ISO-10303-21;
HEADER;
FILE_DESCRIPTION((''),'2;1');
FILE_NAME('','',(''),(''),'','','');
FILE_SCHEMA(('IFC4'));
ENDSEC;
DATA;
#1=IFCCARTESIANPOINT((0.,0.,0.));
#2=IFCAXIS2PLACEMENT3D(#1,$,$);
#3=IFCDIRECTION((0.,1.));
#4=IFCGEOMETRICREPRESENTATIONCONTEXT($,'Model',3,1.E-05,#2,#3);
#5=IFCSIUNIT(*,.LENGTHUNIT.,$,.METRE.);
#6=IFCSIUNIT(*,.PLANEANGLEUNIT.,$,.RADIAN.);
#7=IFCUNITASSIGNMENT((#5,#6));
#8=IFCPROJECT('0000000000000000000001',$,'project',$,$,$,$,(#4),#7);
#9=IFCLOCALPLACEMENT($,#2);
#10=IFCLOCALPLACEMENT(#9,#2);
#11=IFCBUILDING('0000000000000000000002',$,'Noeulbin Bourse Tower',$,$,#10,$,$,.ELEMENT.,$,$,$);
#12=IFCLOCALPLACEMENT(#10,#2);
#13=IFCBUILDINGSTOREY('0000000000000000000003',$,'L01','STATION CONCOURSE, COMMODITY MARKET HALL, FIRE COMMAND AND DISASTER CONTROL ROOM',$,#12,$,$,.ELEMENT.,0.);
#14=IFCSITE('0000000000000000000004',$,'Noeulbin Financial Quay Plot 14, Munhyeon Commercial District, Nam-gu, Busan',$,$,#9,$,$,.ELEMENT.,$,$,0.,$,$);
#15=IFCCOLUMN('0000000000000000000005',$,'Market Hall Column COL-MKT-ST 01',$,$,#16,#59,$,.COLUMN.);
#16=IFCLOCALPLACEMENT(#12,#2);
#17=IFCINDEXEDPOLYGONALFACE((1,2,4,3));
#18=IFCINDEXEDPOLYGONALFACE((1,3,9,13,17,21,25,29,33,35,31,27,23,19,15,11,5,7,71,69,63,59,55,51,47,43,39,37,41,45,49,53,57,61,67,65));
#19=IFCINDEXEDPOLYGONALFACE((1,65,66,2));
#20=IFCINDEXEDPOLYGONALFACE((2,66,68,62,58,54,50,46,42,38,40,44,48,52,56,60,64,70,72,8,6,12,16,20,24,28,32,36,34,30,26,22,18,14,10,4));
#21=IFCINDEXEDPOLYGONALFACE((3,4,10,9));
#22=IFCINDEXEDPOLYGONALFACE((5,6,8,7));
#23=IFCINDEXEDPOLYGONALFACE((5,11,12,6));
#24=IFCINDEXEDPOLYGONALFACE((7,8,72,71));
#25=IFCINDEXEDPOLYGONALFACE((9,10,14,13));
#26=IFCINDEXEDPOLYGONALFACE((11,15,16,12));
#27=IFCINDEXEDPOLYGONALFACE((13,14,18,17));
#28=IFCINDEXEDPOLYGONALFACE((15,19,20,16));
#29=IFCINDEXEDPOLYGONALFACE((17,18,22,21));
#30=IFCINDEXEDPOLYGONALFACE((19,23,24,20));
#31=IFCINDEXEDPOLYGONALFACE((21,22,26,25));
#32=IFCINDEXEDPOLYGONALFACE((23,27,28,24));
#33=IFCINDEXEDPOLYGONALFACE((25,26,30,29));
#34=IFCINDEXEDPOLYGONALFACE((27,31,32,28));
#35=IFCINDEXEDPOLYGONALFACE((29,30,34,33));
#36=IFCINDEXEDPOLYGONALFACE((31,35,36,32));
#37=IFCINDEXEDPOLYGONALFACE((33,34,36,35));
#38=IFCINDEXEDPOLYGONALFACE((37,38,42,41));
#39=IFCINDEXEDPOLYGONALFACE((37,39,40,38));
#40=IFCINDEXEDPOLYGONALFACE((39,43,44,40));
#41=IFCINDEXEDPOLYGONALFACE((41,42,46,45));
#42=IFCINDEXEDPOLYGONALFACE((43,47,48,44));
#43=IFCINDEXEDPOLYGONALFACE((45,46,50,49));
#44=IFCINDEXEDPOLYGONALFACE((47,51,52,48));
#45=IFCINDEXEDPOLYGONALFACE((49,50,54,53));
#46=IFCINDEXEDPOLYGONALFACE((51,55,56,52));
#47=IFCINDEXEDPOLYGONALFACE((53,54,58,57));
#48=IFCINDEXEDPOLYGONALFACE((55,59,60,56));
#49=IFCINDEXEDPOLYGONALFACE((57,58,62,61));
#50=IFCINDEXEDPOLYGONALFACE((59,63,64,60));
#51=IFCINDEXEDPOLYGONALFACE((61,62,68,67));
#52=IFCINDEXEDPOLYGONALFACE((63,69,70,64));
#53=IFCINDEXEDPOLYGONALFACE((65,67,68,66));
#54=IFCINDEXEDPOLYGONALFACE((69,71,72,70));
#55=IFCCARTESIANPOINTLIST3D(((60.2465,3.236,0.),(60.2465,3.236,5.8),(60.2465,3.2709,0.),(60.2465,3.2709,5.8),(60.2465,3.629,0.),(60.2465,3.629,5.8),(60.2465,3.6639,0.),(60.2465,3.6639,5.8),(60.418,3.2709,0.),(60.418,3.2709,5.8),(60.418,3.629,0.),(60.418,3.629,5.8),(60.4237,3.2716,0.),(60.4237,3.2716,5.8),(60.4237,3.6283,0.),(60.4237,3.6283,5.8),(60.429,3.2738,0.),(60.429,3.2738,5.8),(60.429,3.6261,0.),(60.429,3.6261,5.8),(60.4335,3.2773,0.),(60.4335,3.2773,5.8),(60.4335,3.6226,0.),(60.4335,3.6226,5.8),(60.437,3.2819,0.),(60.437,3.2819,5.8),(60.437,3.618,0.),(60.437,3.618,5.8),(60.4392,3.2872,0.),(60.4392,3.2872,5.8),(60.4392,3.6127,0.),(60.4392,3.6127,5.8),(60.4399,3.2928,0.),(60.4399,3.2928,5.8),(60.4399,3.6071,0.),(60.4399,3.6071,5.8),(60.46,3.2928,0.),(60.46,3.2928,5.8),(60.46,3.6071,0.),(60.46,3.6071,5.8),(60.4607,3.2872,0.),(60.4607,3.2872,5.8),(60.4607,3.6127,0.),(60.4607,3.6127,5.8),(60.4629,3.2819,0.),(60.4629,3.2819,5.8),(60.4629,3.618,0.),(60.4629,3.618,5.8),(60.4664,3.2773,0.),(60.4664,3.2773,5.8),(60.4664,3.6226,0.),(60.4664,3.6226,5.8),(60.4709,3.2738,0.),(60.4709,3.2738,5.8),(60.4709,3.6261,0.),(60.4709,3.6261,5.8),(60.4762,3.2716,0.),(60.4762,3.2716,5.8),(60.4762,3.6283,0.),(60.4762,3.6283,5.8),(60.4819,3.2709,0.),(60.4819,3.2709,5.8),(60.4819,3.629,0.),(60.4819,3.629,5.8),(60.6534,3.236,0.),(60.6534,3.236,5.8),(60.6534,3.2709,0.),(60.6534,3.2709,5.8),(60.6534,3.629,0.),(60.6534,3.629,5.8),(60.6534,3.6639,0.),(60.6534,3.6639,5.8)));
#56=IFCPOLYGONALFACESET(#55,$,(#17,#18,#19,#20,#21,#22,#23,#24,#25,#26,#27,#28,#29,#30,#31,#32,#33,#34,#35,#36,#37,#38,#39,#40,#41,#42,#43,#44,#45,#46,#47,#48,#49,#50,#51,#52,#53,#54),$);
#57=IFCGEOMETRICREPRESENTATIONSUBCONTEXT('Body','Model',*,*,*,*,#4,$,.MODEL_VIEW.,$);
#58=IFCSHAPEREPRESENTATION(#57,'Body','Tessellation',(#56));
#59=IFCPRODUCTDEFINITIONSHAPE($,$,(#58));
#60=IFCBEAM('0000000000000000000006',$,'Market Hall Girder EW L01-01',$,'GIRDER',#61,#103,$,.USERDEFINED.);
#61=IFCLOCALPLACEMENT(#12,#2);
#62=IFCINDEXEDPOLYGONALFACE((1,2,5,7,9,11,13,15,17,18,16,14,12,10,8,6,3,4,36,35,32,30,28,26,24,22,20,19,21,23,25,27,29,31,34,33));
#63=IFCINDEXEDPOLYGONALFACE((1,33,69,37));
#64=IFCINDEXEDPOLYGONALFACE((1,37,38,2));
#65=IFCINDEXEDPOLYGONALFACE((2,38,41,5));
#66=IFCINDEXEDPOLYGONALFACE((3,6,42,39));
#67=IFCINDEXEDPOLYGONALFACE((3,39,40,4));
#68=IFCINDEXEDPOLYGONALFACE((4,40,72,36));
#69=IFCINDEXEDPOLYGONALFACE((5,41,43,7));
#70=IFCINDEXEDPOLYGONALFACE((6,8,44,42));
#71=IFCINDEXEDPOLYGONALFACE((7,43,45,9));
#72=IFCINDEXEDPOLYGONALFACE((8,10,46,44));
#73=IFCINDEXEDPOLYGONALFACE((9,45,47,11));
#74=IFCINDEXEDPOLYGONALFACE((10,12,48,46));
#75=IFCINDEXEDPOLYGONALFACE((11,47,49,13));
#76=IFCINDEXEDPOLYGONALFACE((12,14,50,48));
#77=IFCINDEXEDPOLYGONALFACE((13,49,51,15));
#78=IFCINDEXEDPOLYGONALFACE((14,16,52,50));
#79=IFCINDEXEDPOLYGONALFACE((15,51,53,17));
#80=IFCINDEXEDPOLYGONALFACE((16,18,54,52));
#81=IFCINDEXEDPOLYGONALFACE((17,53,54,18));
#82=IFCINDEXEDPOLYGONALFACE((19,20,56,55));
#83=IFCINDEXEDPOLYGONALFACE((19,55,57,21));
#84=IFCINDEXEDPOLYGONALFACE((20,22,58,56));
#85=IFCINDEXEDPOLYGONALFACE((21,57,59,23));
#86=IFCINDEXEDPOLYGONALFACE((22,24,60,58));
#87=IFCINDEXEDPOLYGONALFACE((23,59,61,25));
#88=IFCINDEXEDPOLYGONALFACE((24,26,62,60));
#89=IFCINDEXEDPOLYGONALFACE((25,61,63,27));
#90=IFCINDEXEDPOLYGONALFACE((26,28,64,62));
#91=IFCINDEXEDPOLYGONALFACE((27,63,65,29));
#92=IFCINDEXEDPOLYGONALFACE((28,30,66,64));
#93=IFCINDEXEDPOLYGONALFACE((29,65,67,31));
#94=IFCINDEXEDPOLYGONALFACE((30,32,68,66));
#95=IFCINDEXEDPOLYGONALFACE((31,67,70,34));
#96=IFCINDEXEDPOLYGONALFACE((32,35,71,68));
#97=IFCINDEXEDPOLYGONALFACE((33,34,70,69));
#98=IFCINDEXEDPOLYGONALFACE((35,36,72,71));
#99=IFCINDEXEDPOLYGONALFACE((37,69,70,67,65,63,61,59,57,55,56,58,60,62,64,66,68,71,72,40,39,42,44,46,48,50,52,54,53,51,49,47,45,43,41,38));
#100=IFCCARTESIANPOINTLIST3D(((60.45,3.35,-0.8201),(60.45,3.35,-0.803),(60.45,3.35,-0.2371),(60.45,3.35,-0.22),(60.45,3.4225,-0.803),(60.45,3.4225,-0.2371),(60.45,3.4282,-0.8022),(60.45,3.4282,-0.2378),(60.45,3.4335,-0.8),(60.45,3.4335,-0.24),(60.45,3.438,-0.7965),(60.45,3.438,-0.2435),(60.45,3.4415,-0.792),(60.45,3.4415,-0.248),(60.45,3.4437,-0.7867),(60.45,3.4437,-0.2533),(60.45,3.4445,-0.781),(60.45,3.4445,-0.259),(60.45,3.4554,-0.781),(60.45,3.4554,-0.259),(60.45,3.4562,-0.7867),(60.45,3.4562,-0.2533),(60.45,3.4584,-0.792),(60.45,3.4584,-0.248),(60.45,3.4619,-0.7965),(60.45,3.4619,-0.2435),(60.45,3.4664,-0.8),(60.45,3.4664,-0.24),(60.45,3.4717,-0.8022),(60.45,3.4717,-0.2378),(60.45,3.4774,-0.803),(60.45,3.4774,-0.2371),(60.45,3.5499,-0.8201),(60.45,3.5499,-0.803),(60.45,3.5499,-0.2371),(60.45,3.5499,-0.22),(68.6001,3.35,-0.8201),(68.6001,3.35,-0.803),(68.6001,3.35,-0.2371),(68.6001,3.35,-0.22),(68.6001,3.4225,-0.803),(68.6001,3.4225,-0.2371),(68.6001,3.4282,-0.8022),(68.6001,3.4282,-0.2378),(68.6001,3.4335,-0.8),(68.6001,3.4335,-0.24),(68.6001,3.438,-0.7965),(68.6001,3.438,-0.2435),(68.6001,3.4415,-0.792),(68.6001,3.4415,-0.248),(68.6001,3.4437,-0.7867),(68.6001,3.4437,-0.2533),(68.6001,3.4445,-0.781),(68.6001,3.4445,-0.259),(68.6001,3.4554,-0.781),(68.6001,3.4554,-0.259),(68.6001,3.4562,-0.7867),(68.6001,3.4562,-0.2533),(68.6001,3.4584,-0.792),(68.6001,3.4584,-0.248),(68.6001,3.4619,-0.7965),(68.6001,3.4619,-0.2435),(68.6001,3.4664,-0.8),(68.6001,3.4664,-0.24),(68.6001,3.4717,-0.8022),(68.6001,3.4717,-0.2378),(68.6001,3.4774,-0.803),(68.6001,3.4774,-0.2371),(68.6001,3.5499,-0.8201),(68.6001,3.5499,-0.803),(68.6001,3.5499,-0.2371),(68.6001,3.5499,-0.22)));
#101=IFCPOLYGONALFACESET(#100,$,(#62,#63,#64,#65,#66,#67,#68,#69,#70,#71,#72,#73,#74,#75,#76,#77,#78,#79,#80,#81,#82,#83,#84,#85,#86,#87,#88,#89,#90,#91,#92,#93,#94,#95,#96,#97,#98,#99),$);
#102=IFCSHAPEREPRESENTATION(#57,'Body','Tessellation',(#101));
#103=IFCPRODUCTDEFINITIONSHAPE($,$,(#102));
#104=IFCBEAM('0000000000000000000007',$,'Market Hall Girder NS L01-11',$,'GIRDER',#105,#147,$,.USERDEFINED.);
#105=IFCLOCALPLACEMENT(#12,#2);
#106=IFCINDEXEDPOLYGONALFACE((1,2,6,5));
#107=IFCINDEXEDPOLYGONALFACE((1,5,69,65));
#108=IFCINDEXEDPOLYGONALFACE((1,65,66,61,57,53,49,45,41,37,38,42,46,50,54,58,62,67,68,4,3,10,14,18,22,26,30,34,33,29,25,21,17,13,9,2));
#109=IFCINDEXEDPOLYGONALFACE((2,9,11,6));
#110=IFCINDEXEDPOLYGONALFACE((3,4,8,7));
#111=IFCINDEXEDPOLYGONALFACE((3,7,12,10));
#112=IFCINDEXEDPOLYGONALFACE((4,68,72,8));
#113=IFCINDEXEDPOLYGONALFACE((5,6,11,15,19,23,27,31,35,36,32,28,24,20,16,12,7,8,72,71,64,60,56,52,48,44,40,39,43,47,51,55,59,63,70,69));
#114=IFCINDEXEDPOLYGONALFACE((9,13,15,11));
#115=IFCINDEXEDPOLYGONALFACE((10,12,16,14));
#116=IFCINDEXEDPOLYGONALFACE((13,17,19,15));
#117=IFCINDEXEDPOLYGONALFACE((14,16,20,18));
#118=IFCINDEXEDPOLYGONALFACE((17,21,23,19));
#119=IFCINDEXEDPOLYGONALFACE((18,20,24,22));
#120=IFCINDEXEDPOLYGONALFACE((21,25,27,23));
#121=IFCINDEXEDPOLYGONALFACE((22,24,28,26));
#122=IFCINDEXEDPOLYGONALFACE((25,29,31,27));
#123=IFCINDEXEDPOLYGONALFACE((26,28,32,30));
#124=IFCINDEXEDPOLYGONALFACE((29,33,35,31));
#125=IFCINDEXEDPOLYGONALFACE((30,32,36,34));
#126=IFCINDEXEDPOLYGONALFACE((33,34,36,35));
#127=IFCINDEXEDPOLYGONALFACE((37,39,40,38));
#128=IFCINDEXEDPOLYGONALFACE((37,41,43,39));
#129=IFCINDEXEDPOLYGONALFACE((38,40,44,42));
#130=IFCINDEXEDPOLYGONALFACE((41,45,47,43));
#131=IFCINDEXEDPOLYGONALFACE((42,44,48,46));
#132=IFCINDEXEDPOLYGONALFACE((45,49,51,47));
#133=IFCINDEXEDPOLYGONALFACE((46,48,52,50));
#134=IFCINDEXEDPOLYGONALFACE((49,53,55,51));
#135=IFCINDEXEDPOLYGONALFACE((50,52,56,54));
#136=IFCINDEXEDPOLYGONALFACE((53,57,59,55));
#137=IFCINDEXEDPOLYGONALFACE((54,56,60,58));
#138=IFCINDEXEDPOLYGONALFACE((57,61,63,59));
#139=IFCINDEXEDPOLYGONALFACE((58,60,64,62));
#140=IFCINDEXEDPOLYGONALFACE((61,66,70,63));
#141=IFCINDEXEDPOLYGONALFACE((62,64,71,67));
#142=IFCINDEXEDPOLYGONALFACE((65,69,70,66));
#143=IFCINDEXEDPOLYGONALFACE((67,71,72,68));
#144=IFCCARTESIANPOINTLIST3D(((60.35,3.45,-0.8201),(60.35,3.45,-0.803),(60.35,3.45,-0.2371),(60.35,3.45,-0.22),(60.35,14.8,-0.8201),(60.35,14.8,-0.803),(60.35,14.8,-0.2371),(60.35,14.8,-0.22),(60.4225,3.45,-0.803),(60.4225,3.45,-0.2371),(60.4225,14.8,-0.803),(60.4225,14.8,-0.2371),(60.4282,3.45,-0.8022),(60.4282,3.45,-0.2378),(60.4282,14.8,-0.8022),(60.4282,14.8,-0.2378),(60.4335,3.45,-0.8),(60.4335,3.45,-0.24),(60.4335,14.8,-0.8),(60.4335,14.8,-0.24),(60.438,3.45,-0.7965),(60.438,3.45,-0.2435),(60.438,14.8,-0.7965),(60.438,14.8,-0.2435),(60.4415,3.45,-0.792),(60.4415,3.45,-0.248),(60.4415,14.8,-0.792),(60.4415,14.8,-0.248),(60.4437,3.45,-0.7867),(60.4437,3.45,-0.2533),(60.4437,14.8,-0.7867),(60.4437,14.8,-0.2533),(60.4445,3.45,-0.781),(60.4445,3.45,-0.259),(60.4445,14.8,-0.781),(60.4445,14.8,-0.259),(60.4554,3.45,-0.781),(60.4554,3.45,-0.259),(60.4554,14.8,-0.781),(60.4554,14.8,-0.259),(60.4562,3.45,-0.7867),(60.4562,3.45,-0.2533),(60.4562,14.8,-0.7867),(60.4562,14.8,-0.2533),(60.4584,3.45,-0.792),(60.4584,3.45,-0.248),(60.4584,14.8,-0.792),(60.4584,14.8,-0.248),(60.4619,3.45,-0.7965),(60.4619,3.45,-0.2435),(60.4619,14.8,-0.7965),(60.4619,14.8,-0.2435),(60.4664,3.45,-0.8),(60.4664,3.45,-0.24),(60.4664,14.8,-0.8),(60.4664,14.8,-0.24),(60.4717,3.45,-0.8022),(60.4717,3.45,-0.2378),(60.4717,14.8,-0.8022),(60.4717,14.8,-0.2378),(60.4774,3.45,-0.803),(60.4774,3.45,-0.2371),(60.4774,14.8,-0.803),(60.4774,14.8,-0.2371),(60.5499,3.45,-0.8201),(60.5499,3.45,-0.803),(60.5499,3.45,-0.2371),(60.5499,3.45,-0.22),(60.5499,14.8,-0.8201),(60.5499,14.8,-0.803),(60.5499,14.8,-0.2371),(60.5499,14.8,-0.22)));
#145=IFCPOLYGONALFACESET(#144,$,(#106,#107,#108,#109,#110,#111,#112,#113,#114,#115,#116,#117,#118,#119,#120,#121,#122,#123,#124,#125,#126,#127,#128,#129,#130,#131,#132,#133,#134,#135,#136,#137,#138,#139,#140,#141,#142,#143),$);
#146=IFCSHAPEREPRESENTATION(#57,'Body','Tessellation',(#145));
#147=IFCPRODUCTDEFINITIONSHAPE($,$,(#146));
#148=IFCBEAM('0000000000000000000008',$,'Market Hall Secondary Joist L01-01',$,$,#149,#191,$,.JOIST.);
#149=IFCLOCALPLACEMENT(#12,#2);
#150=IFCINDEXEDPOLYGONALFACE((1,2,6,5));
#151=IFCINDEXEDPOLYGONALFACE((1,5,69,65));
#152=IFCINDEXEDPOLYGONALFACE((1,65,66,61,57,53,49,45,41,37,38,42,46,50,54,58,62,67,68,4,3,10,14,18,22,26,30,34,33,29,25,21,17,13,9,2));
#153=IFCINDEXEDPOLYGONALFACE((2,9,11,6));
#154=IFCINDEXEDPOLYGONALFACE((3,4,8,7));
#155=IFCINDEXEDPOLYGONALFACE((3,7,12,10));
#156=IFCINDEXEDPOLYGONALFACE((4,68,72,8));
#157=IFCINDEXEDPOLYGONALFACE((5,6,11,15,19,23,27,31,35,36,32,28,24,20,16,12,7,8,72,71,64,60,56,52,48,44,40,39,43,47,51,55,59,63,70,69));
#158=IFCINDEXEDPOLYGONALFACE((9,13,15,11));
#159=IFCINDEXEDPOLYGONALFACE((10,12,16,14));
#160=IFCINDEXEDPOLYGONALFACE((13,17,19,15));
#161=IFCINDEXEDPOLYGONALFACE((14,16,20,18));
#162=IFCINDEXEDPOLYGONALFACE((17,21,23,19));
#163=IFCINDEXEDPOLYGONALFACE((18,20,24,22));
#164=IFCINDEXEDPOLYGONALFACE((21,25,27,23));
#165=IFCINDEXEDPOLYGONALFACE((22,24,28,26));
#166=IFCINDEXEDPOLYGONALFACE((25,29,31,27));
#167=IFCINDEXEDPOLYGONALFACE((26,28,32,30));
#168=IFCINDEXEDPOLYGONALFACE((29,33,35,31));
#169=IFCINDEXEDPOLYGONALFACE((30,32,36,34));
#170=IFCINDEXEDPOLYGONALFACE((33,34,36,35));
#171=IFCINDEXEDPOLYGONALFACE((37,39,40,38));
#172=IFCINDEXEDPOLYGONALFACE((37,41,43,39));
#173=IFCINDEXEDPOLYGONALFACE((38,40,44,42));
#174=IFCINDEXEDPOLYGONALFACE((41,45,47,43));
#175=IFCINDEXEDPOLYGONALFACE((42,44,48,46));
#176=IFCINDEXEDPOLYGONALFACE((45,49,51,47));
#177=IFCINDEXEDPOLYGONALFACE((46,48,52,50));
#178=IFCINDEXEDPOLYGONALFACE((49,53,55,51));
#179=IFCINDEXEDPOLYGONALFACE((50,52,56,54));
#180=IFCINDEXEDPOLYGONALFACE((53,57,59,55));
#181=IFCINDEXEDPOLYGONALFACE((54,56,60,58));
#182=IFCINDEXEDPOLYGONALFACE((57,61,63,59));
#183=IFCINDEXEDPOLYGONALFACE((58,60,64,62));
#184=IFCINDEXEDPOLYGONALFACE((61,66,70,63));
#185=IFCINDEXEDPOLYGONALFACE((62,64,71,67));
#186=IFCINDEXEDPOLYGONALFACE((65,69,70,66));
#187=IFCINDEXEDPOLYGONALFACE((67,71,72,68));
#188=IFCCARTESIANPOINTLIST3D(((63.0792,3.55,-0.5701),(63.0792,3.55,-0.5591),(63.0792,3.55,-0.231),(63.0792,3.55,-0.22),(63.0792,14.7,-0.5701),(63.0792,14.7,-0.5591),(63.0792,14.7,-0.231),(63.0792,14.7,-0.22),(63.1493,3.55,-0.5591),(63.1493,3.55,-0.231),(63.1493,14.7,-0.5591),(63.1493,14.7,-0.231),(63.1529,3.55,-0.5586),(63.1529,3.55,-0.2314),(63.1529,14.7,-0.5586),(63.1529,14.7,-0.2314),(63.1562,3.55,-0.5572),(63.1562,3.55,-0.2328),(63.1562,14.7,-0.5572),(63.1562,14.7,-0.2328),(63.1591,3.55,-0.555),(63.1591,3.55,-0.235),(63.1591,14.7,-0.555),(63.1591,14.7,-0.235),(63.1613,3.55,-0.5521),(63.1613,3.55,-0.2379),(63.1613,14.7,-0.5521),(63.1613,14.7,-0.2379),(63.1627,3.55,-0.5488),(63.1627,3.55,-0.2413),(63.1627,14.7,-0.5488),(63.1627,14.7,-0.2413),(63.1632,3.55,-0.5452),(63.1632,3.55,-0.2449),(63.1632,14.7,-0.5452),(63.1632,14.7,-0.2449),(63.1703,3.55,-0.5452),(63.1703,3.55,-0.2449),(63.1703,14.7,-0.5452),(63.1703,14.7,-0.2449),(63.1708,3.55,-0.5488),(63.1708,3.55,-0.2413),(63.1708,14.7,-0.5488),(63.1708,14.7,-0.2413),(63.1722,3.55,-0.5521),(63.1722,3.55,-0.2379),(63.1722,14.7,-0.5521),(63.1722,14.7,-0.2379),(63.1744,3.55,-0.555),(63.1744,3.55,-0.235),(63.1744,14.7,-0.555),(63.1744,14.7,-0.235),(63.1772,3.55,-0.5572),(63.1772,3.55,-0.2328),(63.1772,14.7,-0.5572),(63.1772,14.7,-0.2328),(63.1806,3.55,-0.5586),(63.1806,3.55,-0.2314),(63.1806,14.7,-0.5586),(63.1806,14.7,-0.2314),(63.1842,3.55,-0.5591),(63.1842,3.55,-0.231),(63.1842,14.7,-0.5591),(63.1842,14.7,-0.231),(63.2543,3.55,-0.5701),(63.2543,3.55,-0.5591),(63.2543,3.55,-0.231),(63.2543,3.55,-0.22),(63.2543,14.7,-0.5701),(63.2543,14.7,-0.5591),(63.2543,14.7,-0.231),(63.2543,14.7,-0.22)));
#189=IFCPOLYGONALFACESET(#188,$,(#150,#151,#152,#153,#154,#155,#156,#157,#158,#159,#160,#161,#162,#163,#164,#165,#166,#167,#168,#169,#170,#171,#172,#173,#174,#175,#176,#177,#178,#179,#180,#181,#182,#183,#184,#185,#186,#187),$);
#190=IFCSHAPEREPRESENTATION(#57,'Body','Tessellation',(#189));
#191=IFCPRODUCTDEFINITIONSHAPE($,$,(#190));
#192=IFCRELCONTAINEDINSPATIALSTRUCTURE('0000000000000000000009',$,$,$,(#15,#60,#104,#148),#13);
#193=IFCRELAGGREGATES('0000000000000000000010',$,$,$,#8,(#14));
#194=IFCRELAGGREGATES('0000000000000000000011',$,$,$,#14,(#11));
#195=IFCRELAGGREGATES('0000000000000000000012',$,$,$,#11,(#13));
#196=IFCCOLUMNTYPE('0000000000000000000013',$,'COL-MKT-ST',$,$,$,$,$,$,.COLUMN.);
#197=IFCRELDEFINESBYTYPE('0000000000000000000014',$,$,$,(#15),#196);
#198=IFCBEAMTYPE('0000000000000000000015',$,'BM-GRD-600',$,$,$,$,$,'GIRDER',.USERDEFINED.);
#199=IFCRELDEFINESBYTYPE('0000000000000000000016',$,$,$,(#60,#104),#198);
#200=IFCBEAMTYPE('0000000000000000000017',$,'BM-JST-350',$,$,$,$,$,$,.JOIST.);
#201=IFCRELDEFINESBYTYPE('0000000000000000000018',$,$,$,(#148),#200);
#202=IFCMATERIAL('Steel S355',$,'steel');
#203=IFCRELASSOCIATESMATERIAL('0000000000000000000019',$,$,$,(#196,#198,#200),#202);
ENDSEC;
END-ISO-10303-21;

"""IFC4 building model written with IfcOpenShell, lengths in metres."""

from ifc_helpers import new_model, si_unit, direction, frame, origin, origin_2d, place, context, subcontext, project, spatial, i_section, extrude, material, material_profile, profile_set, type_object, element, save


model = new_model("IFC4")

# Units and contexts
model_context = context("Model", 3, precision=1e-05, world=origin(), true_north=direction((0.0, 1.0)))
body_context = subcontext(model_context, "Body", "Model", "MODEL_VIEW")
ifc_project = project(units=[si_unit("LENGTHUNIT", "METRE"), si_unit("PLANEANGLEUNIT", "RADIAN")], contexts=[model_context])

# Site, building, storey
site_placement = place(None, origin())
site = spatial("IfcSite", under=ifc_project, at=site_placement, Name="Noeulbin Financial Quay Plot 14, Munhyeon Commercial District, Nam-gu, Busan", CompositionType="ELEMENT", RefElevation=0.0)
building_placement = place(site_placement, origin())
building = spatial("IfcBuilding", under=site, at=building_placement, Name="Noeulbin Bourse Tower", CompositionType="ELEMENT")
storey_placement = place(building_placement, origin())
storey = spatial("IfcBuildingStorey", under=building, at=storey_placement, Name="L01", Description="STATION CONCOURSE, COMMODITY MARKET HALL, FIRE COMMAND AND DISASTER CONTROL ROOM", CompositionType="ELEMENT", Elevation=0.0)

# Column
ifc_material_1 = material(Name="Steel S355", Category="steel")
ifc_material_profile_1 = material_profile(ifc_material_1, i_section(OverallWidth=0.407, OverallDepth=0.428, WebThickness=0.02, FlangeThickness=0.0349, FilletRadius=0.022, at=origin_2d()), Name="H-428x407x20x35", Category="LoadBearing")
ifc_profile_set_1 = profile_set([ifc_material_profile_1], Name="Steel S355")
column_type = type_object("IfcColumnType", Name="COL-MKT-ST", PredefinedType="COLUMN", material=ifc_profile_set_1)
column_placement = place(storey_placement, frame((60.45, 3.45, 0.0), z_axis=(0.0, 0.0, 1.0), x_axis=(1.0, 0.0, 0.0)))
element("IfcColumn", 1, at=column_placement, inside=storey, type_object=column_type, Name="Market Hall Column COL-MKT-ST 01", PredefinedType="COLUMN", context=body_context, shape_type="SweptSolid", body=[
    extrude(i_section(OverallWidth=0.407, OverallDepth=0.428, WebThickness=0.02, FlangeThickness=0.0349, FilletRadius=0.022, at=origin_2d()), origin(), (0.0, 0.0, 1.0), 5.8),
])

# Beams
ifc_material_profile_2 = material_profile(ifc_material_1, i_section(OverallWidth=0.2, OverallDepth=0.6001, WebThickness=0.011, FlangeThickness=0.0171, FilletRadius=0.022, at=origin_2d()), Name="H-600x200x11x17", Category="LoadBearing")
ifc_profile_set_2 = profile_set([ifc_material_profile_2], Name="Steel S355")
beam_type_1 = type_object("IfcBeamType", Name="BM-GRD-600", ElementType="GIRDER", PredefinedType="USERDEFINED", material=ifc_profile_set_2)
beam_1_placement = place(storey_placement, frame((60.45, 3.45, -0.52), z_axis=(1.0, 0.0, 0.0), x_axis=(0.0, 1.0, 0.0)))
element("IfcBeam", 2, at=beam_1_placement, inside=storey, type_object=beam_type_1, Name="Market Hall Girder EW L01-01", ObjectType="GIRDER", PredefinedType="USERDEFINED", context=body_context, shape_type="SweptSolid", body=[
    extrude(i_section(OverallWidth=0.2, OverallDepth=0.6001, WebThickness=0.011, FlangeThickness=0.0171, FilletRadius=0.022, at=origin_2d()), origin(), (0.0, 0.0, 1.0), 8.1501),
])
beam_2_placement = place(storey_placement, frame((60.45, 3.45, -0.52), z_axis=(0.0, 1.0, 0.0), x_axis=(-1.0, 0.0, 0.0)))
element("IfcBeam", 3, at=beam_2_placement, inside=storey, type_object=beam_type_1, Name="Market Hall Girder NS L01-11", ObjectType="GIRDER", PredefinedType="USERDEFINED", context=body_context, shape_type="SweptSolid", body=[
    extrude(i_section(OverallWidth=0.2, OverallDepth=0.6001, WebThickness=0.011, FlangeThickness=0.0171, FilletRadius=0.022, at=origin_2d()), origin(), (0.0, 0.0, 1.0), 11.3501),
])
ifc_material_profile_3 = material_profile(ifc_material_1, i_section(OverallWidth=0.175, OverallDepth=0.3501, WebThickness=0.0071, FlangeThickness=0.011, FilletRadius=0.0139, at=origin_2d()), Name="H-350x175x7x11", Category="LoadBearing")
ifc_profile_set_3 = profile_set([ifc_material_profile_3], Name="Steel S355")
beam_type_2 = type_object("IfcBeamType", Name="BM-JST-350", PredefinedType="JOIST", material=ifc_profile_set_3)
for number, where, z_axis, x_axis, name in (
    (4, (63.1667, 3.55, -0.395), (0.0, 1.0, 0.0), (-1.0, 0.0, 0.0), "Market Hall Secondary Joist L01-01"),
):
    element("IfcBeam", number, at=place(storey_placement, frame(where, z_axis=z_axis, x_axis=x_axis)), inside=storey, type_object=beam_type_2, Name=name, PredefinedType="JOIST", context=body_context, shape_type="SweptSolid", body=[
        extrude(i_section(OverallWidth=0.175, OverallDepth=0.3501, WebThickness=0.0071, FlangeThickness=0.011, FilletRadius=0.0139, at=origin_2d()), origin(), (0.0, 0.0, 1.0), 11.1499),
    ])

save(model, "model.ifc")
